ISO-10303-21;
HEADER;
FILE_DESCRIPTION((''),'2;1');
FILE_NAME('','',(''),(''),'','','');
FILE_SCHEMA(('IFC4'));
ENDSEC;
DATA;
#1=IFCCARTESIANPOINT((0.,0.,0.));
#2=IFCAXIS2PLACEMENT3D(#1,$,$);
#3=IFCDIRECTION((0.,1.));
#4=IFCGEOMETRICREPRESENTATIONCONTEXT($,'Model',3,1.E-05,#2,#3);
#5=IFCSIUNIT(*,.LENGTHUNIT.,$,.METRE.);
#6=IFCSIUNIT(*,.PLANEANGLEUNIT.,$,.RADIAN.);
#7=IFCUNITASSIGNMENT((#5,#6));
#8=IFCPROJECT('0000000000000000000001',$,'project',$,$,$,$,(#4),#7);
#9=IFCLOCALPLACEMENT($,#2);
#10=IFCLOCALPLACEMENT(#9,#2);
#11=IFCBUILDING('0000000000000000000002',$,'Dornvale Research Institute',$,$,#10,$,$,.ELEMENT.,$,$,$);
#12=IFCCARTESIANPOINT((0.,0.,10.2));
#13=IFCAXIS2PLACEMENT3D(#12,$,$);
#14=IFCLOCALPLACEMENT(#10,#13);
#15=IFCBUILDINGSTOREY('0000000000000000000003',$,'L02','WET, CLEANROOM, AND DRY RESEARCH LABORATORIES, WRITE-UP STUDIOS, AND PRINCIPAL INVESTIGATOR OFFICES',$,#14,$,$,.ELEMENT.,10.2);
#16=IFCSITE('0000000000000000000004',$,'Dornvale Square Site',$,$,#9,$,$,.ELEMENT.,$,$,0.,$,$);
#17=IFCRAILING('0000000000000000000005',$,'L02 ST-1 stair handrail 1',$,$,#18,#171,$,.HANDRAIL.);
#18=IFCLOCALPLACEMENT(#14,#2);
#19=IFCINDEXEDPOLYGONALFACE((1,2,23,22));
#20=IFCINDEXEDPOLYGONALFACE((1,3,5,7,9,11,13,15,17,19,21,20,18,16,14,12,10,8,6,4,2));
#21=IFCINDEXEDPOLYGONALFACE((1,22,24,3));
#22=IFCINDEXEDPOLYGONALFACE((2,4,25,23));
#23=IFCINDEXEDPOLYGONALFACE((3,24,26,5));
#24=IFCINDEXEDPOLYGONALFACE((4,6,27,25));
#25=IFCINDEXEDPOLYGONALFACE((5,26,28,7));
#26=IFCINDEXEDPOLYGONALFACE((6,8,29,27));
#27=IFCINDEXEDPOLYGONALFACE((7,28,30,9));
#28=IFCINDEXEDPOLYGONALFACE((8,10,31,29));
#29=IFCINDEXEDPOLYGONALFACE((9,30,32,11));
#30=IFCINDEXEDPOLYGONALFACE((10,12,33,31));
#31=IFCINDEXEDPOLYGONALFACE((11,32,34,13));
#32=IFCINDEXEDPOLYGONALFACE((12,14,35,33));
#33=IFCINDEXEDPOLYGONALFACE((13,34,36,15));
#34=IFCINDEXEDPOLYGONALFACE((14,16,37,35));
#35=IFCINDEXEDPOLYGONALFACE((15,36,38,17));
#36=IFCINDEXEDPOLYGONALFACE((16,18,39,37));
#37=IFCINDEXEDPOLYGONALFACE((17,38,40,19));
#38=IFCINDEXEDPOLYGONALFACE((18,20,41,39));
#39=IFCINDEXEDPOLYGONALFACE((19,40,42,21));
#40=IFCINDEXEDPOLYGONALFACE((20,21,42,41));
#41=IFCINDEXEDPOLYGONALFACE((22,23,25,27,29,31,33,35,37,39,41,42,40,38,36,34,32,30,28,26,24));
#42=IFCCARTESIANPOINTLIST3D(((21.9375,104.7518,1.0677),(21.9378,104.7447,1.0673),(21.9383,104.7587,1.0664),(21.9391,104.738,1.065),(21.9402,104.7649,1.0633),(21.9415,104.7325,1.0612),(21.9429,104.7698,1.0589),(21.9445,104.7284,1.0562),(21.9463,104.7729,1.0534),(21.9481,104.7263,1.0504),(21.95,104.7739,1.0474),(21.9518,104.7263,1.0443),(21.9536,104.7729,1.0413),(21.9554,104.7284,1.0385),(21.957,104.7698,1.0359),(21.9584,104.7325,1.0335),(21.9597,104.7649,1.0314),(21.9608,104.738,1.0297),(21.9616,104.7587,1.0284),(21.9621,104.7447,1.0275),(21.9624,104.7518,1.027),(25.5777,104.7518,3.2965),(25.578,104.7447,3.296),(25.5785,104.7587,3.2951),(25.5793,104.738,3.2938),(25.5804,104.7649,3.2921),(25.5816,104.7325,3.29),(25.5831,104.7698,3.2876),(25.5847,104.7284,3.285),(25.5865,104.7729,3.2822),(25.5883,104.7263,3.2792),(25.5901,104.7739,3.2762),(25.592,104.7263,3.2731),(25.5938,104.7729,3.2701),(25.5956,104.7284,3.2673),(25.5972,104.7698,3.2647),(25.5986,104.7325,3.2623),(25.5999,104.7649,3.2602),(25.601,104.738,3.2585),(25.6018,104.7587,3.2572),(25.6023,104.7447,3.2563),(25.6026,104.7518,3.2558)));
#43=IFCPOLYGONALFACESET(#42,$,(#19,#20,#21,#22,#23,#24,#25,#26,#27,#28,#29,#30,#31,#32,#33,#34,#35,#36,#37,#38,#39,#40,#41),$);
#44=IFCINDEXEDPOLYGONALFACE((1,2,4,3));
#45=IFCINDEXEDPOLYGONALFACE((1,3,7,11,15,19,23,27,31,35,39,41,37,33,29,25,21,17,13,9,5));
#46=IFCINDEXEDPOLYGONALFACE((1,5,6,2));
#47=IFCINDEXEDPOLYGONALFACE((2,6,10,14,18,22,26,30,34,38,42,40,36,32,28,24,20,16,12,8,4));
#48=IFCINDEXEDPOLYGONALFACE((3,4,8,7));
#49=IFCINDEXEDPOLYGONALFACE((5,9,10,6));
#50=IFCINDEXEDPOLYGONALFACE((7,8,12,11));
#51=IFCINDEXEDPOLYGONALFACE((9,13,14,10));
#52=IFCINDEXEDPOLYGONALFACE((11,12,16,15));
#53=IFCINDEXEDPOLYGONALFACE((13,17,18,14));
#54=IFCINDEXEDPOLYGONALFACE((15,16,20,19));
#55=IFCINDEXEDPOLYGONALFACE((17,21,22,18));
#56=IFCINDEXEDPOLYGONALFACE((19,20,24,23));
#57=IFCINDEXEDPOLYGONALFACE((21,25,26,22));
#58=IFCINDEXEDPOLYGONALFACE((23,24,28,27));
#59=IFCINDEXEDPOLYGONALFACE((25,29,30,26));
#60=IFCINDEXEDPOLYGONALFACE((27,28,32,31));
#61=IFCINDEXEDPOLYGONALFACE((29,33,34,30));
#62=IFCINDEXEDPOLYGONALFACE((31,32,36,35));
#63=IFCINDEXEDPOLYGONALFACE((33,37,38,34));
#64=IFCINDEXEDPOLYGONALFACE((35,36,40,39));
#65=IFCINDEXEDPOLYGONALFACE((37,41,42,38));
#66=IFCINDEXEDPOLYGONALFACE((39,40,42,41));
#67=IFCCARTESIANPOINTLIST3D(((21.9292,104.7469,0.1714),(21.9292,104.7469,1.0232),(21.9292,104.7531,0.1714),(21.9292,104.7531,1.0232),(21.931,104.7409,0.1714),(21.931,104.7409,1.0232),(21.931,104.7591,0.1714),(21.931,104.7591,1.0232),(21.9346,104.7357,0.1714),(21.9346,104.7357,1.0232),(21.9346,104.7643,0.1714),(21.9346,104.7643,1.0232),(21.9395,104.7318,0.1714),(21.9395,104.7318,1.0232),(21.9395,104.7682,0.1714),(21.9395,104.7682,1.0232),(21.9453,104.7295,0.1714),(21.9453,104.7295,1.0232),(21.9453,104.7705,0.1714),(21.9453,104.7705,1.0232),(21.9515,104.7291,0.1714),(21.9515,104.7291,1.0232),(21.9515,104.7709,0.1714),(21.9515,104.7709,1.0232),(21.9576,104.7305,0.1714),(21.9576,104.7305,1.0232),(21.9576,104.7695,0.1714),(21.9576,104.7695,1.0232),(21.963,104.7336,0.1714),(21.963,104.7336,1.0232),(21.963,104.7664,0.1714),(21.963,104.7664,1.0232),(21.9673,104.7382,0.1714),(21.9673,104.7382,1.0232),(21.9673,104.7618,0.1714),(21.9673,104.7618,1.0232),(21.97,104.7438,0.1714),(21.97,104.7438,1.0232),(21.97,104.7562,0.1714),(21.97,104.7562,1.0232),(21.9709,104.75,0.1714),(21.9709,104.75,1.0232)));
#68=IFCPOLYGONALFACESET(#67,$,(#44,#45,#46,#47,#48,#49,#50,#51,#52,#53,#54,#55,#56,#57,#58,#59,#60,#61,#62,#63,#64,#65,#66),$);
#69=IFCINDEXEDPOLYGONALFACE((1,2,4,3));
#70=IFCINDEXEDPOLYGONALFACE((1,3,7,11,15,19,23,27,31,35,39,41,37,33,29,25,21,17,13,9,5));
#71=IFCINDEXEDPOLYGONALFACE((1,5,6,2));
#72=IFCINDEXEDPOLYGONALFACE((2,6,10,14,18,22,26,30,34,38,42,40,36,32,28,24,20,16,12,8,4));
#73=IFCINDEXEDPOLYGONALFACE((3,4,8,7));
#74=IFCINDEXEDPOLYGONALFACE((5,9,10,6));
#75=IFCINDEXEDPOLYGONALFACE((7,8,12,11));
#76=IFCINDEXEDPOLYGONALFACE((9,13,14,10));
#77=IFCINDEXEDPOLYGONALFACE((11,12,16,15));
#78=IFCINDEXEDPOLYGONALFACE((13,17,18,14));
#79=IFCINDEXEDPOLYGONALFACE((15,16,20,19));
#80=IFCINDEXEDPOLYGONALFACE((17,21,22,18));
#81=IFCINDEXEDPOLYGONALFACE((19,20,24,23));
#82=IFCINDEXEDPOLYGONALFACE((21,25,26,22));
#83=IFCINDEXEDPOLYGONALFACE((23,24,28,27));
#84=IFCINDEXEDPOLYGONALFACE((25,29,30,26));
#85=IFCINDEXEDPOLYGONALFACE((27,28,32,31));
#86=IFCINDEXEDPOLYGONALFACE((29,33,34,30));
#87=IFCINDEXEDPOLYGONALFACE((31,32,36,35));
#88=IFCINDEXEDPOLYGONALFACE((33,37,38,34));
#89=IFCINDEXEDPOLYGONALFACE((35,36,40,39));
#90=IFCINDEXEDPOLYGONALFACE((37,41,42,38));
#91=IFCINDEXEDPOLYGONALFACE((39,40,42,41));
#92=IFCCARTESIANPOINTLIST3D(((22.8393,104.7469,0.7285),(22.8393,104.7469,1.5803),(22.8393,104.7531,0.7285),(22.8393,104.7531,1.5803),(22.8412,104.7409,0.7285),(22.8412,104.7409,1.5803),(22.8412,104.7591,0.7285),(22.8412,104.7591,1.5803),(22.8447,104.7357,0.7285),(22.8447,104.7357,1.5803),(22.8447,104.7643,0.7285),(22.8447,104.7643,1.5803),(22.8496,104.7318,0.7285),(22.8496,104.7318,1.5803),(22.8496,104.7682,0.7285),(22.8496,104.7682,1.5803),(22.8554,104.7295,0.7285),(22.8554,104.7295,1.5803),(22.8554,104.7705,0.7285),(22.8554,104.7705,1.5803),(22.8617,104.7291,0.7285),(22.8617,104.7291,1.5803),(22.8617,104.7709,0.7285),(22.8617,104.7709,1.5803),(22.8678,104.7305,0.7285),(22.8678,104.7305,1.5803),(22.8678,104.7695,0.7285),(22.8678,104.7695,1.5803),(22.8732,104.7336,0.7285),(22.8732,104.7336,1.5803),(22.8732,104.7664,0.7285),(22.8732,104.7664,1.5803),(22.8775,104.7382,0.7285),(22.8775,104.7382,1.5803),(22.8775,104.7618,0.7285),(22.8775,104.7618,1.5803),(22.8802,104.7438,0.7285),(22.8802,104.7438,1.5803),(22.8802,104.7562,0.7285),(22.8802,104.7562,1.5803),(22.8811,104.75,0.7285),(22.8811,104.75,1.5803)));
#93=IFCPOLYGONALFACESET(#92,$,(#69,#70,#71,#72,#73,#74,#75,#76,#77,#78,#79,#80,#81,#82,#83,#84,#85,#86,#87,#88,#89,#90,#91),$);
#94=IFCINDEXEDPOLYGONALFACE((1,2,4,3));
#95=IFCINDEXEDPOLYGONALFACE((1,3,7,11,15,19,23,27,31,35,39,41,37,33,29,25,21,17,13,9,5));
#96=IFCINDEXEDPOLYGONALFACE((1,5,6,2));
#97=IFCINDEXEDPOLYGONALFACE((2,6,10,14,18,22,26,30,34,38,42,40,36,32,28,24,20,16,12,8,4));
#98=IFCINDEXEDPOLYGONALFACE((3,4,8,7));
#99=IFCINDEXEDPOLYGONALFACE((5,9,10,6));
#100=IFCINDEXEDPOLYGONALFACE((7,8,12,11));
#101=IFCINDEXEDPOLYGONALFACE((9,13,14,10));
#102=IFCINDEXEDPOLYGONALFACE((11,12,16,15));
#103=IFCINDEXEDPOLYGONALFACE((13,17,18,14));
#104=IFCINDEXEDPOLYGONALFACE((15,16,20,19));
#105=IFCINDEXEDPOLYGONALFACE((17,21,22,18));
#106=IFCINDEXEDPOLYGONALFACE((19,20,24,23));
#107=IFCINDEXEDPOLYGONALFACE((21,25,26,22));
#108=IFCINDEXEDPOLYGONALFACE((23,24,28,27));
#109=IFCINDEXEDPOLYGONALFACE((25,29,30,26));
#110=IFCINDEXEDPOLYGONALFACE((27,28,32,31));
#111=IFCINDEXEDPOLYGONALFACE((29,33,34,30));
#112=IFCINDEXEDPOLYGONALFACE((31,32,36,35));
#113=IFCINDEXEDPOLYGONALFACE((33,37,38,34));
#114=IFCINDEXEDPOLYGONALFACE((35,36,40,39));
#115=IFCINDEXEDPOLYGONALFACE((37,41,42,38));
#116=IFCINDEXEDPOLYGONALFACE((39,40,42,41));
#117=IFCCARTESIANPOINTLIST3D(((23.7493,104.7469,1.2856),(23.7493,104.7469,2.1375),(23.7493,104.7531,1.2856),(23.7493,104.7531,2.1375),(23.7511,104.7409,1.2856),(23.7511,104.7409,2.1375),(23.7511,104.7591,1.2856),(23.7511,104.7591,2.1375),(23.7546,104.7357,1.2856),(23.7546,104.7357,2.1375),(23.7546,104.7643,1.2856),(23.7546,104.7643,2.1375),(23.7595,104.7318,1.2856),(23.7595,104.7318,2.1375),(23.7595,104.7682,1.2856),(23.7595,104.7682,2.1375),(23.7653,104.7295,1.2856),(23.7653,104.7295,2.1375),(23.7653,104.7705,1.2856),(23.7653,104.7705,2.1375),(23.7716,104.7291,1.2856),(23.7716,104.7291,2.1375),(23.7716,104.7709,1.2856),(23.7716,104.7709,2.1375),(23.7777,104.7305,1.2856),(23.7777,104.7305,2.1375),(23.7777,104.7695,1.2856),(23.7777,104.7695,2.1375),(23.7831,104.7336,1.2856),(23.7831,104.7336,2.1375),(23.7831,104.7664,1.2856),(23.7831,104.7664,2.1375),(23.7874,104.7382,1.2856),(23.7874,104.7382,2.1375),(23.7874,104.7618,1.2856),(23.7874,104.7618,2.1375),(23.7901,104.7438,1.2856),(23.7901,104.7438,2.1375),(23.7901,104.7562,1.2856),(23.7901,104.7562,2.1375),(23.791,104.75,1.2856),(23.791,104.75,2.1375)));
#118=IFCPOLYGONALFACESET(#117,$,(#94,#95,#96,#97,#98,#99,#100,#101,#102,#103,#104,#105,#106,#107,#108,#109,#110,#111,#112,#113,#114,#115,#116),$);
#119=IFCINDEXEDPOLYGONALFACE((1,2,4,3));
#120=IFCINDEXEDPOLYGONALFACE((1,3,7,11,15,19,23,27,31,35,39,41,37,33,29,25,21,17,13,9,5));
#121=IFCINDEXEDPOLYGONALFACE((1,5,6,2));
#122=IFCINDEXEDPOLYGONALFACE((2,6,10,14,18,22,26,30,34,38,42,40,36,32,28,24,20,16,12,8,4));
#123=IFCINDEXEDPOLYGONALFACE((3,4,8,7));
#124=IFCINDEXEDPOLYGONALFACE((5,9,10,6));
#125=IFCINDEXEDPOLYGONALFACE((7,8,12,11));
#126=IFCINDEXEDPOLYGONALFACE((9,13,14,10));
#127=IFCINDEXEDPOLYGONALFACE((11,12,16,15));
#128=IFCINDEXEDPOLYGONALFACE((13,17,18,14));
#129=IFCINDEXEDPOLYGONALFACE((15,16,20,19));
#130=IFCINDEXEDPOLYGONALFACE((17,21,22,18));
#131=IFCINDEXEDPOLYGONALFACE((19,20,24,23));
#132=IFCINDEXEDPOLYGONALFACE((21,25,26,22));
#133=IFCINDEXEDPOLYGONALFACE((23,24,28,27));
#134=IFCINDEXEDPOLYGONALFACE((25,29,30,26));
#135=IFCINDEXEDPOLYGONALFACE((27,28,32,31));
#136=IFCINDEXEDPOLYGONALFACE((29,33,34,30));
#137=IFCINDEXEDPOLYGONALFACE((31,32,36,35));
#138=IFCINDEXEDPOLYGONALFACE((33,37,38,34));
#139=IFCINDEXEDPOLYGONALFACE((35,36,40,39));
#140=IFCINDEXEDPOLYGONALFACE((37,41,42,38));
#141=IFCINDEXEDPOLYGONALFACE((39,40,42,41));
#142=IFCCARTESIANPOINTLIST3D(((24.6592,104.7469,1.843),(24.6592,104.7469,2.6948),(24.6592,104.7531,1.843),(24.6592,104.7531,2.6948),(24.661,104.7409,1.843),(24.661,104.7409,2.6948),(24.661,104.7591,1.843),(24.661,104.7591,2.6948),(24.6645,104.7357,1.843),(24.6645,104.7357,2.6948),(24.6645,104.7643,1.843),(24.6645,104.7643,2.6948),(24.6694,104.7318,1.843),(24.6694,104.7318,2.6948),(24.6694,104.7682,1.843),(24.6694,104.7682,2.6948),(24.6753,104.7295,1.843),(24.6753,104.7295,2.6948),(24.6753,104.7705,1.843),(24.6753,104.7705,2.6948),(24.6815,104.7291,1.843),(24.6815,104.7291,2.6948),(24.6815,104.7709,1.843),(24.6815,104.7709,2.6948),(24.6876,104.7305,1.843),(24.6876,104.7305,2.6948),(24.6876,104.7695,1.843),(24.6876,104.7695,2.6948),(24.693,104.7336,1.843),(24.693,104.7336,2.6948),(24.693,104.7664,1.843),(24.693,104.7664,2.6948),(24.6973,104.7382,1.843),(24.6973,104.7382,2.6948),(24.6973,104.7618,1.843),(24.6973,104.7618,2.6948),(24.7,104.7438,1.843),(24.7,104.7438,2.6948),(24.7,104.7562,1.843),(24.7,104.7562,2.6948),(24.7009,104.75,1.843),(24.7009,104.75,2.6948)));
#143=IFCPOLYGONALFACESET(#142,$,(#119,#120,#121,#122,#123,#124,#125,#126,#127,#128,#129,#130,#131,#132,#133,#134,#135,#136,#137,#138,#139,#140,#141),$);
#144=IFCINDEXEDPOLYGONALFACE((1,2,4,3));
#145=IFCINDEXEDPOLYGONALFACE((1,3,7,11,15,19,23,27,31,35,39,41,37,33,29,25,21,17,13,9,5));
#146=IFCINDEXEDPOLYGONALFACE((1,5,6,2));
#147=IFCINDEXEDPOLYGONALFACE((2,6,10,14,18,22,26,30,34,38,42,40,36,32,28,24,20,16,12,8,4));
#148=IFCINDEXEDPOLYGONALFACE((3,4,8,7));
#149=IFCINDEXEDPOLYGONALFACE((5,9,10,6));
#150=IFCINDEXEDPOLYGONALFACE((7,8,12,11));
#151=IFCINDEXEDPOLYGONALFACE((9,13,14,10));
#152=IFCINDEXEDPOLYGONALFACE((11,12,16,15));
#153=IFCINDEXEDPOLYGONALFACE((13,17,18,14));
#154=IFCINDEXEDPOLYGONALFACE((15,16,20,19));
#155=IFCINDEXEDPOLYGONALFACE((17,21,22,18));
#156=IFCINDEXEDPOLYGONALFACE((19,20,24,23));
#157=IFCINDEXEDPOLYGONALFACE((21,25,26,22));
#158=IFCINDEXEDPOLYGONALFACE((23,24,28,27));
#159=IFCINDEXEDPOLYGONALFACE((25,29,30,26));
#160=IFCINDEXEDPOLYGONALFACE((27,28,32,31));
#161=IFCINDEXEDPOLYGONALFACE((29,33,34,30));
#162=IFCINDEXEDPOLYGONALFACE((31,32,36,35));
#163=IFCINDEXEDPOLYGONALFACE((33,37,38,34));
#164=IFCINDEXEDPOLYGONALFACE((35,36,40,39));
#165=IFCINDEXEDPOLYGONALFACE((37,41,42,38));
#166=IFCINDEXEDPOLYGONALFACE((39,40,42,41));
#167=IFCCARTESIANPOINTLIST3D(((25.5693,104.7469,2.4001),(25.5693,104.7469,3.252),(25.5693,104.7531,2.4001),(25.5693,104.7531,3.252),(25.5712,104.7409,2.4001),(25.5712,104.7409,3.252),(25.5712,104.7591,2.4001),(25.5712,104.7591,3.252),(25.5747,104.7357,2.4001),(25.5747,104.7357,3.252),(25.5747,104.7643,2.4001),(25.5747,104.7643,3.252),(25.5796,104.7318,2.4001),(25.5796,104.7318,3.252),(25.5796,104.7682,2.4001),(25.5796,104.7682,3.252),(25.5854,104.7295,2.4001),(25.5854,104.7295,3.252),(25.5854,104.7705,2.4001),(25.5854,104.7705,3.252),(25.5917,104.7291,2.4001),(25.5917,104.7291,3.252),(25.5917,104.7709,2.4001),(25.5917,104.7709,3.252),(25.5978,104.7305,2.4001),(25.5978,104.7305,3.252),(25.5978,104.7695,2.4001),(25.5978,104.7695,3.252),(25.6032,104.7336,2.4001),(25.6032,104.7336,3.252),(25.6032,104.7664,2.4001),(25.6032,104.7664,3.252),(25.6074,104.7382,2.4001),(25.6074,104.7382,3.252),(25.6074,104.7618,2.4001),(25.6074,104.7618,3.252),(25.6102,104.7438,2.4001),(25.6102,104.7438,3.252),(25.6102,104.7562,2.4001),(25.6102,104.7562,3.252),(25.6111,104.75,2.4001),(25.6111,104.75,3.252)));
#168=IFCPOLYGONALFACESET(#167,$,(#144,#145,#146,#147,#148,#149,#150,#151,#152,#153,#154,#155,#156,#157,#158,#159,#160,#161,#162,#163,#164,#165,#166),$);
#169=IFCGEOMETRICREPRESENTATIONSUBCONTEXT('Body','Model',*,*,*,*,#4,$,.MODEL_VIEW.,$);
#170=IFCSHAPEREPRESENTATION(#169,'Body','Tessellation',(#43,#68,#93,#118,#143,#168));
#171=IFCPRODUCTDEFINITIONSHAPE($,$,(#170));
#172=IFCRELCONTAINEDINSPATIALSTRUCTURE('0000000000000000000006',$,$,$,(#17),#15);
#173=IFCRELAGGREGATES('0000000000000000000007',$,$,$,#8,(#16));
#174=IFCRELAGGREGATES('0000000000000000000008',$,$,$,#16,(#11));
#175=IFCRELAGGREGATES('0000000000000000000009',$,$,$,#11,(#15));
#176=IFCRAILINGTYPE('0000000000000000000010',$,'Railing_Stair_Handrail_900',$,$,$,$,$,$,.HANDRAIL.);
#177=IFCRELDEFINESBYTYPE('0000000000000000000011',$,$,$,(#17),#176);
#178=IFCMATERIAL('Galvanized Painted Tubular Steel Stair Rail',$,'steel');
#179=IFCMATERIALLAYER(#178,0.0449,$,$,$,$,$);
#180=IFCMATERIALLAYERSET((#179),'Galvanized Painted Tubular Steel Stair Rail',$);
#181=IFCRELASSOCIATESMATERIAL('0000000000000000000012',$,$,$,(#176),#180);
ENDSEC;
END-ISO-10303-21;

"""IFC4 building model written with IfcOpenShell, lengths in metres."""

from ifc_helpers import new_model, si_unit, direction, frame, origin, origin_2d, place, context, subcontext, project, spatial, circle, extrude, material, layer, layer_set, type_object, element, save


model = new_model("IFC4")

# Units and contexts
model_context = context("Model", 3, precision=1e-05, world=origin(), true_north=direction((0.0, 1.0)))
body_context = subcontext(model_context, "Body", "Model", "MODEL_VIEW")
ifc_project = project(units=[si_unit("LENGTHUNIT", "METRE"), si_unit("PLANEANGLEUNIT", "RADIAN")], contexts=[model_context])

# Site, building, storey
site_placement = place(None, origin())
site = spatial("IfcSite", under=ifc_project, at=site_placement, Name="Dornvale Square Site", CompositionType="ELEMENT", RefElevation=0.0)
building_placement = place(site_placement, origin())
building = spatial("IfcBuilding", under=site, at=building_placement, Name="Dornvale Research Institute", CompositionType="ELEMENT")
storey_placement = place(building_placement, frame((0.0, 0.0, 10.2)))
storey = spatial("IfcBuildingStorey", under=building, at=storey_placement, Name="L02", Description="WET, CLEANROOM, AND DRY RESEARCH LABORATORIES, WRITE-UP STUDIOS, AND PRINCIPAL INVESTIGATOR OFFICES", CompositionType="ELEMENT", Elevation=10.2)

# Railing
ifc_material_1 = material(Name="Galvanized Painted Tubular Steel Stair Rail", Category="steel")
ifc_layer_1 = layer(ifc_material_1, 0.0449)
ifc_layer_set_1 = layer_set([ifc_layer_1], Name="Galvanized Painted Tubular Steel Stair Rail")
railing_type_1 = type_object("IfcRailingType", Name="Railing_Stair_Handrail_900", PredefinedType="HANDRAIL", material=ifc_layer_set_1)
railing_1_placement = place(storey_placement, frame((21.95, 104.75, 0.1714)))
element("IfcRailing", 1, at=railing_1_placement, inside=storey, type_object=railing_type_1, Name="L02 ST-1 stair handrail 1", PredefinedType="HANDRAIL", context=body_context, shape_type="SweptSolid", body=[
    extrude(circle(Radius=0.0239, at=origin_2d()), frame((0.0, 0.0, 0.876), z_axis=(0.85284, 0.0, 0.522172), x_axis=(0.0, 1.0, 0.0)), (0.0, 0.0, 1.0), 4.2683),
    extrude(circle(Radius=0.021, at=origin_2d()), origin(), (0.0, 0.0, 1.0), 0.8518),
    extrude(circle(Radius=0.021, at=origin_2d()), frame((0.9102, 0.0, 0.5571)), (0.0, 0.0, 1.0), 0.8518),
    extrude(circle(Radius=0.021, at=origin_2d()), frame((1.8201, 0.0, 1.1143)), (0.0, 0.0, 1.0), 0.8518),
    extrude(circle(Radius=0.021, at=origin_2d()), frame((2.73, 0.0, 1.6716)), (0.0, 0.0, 1.0), 0.8518),
    extrude(circle(Radius=0.021, at=origin_2d()), frame((3.6401, 0.0, 2.2288)), (0.0, 0.0, 1.0), 0.8518),
])

save(model, "model.ifc")
